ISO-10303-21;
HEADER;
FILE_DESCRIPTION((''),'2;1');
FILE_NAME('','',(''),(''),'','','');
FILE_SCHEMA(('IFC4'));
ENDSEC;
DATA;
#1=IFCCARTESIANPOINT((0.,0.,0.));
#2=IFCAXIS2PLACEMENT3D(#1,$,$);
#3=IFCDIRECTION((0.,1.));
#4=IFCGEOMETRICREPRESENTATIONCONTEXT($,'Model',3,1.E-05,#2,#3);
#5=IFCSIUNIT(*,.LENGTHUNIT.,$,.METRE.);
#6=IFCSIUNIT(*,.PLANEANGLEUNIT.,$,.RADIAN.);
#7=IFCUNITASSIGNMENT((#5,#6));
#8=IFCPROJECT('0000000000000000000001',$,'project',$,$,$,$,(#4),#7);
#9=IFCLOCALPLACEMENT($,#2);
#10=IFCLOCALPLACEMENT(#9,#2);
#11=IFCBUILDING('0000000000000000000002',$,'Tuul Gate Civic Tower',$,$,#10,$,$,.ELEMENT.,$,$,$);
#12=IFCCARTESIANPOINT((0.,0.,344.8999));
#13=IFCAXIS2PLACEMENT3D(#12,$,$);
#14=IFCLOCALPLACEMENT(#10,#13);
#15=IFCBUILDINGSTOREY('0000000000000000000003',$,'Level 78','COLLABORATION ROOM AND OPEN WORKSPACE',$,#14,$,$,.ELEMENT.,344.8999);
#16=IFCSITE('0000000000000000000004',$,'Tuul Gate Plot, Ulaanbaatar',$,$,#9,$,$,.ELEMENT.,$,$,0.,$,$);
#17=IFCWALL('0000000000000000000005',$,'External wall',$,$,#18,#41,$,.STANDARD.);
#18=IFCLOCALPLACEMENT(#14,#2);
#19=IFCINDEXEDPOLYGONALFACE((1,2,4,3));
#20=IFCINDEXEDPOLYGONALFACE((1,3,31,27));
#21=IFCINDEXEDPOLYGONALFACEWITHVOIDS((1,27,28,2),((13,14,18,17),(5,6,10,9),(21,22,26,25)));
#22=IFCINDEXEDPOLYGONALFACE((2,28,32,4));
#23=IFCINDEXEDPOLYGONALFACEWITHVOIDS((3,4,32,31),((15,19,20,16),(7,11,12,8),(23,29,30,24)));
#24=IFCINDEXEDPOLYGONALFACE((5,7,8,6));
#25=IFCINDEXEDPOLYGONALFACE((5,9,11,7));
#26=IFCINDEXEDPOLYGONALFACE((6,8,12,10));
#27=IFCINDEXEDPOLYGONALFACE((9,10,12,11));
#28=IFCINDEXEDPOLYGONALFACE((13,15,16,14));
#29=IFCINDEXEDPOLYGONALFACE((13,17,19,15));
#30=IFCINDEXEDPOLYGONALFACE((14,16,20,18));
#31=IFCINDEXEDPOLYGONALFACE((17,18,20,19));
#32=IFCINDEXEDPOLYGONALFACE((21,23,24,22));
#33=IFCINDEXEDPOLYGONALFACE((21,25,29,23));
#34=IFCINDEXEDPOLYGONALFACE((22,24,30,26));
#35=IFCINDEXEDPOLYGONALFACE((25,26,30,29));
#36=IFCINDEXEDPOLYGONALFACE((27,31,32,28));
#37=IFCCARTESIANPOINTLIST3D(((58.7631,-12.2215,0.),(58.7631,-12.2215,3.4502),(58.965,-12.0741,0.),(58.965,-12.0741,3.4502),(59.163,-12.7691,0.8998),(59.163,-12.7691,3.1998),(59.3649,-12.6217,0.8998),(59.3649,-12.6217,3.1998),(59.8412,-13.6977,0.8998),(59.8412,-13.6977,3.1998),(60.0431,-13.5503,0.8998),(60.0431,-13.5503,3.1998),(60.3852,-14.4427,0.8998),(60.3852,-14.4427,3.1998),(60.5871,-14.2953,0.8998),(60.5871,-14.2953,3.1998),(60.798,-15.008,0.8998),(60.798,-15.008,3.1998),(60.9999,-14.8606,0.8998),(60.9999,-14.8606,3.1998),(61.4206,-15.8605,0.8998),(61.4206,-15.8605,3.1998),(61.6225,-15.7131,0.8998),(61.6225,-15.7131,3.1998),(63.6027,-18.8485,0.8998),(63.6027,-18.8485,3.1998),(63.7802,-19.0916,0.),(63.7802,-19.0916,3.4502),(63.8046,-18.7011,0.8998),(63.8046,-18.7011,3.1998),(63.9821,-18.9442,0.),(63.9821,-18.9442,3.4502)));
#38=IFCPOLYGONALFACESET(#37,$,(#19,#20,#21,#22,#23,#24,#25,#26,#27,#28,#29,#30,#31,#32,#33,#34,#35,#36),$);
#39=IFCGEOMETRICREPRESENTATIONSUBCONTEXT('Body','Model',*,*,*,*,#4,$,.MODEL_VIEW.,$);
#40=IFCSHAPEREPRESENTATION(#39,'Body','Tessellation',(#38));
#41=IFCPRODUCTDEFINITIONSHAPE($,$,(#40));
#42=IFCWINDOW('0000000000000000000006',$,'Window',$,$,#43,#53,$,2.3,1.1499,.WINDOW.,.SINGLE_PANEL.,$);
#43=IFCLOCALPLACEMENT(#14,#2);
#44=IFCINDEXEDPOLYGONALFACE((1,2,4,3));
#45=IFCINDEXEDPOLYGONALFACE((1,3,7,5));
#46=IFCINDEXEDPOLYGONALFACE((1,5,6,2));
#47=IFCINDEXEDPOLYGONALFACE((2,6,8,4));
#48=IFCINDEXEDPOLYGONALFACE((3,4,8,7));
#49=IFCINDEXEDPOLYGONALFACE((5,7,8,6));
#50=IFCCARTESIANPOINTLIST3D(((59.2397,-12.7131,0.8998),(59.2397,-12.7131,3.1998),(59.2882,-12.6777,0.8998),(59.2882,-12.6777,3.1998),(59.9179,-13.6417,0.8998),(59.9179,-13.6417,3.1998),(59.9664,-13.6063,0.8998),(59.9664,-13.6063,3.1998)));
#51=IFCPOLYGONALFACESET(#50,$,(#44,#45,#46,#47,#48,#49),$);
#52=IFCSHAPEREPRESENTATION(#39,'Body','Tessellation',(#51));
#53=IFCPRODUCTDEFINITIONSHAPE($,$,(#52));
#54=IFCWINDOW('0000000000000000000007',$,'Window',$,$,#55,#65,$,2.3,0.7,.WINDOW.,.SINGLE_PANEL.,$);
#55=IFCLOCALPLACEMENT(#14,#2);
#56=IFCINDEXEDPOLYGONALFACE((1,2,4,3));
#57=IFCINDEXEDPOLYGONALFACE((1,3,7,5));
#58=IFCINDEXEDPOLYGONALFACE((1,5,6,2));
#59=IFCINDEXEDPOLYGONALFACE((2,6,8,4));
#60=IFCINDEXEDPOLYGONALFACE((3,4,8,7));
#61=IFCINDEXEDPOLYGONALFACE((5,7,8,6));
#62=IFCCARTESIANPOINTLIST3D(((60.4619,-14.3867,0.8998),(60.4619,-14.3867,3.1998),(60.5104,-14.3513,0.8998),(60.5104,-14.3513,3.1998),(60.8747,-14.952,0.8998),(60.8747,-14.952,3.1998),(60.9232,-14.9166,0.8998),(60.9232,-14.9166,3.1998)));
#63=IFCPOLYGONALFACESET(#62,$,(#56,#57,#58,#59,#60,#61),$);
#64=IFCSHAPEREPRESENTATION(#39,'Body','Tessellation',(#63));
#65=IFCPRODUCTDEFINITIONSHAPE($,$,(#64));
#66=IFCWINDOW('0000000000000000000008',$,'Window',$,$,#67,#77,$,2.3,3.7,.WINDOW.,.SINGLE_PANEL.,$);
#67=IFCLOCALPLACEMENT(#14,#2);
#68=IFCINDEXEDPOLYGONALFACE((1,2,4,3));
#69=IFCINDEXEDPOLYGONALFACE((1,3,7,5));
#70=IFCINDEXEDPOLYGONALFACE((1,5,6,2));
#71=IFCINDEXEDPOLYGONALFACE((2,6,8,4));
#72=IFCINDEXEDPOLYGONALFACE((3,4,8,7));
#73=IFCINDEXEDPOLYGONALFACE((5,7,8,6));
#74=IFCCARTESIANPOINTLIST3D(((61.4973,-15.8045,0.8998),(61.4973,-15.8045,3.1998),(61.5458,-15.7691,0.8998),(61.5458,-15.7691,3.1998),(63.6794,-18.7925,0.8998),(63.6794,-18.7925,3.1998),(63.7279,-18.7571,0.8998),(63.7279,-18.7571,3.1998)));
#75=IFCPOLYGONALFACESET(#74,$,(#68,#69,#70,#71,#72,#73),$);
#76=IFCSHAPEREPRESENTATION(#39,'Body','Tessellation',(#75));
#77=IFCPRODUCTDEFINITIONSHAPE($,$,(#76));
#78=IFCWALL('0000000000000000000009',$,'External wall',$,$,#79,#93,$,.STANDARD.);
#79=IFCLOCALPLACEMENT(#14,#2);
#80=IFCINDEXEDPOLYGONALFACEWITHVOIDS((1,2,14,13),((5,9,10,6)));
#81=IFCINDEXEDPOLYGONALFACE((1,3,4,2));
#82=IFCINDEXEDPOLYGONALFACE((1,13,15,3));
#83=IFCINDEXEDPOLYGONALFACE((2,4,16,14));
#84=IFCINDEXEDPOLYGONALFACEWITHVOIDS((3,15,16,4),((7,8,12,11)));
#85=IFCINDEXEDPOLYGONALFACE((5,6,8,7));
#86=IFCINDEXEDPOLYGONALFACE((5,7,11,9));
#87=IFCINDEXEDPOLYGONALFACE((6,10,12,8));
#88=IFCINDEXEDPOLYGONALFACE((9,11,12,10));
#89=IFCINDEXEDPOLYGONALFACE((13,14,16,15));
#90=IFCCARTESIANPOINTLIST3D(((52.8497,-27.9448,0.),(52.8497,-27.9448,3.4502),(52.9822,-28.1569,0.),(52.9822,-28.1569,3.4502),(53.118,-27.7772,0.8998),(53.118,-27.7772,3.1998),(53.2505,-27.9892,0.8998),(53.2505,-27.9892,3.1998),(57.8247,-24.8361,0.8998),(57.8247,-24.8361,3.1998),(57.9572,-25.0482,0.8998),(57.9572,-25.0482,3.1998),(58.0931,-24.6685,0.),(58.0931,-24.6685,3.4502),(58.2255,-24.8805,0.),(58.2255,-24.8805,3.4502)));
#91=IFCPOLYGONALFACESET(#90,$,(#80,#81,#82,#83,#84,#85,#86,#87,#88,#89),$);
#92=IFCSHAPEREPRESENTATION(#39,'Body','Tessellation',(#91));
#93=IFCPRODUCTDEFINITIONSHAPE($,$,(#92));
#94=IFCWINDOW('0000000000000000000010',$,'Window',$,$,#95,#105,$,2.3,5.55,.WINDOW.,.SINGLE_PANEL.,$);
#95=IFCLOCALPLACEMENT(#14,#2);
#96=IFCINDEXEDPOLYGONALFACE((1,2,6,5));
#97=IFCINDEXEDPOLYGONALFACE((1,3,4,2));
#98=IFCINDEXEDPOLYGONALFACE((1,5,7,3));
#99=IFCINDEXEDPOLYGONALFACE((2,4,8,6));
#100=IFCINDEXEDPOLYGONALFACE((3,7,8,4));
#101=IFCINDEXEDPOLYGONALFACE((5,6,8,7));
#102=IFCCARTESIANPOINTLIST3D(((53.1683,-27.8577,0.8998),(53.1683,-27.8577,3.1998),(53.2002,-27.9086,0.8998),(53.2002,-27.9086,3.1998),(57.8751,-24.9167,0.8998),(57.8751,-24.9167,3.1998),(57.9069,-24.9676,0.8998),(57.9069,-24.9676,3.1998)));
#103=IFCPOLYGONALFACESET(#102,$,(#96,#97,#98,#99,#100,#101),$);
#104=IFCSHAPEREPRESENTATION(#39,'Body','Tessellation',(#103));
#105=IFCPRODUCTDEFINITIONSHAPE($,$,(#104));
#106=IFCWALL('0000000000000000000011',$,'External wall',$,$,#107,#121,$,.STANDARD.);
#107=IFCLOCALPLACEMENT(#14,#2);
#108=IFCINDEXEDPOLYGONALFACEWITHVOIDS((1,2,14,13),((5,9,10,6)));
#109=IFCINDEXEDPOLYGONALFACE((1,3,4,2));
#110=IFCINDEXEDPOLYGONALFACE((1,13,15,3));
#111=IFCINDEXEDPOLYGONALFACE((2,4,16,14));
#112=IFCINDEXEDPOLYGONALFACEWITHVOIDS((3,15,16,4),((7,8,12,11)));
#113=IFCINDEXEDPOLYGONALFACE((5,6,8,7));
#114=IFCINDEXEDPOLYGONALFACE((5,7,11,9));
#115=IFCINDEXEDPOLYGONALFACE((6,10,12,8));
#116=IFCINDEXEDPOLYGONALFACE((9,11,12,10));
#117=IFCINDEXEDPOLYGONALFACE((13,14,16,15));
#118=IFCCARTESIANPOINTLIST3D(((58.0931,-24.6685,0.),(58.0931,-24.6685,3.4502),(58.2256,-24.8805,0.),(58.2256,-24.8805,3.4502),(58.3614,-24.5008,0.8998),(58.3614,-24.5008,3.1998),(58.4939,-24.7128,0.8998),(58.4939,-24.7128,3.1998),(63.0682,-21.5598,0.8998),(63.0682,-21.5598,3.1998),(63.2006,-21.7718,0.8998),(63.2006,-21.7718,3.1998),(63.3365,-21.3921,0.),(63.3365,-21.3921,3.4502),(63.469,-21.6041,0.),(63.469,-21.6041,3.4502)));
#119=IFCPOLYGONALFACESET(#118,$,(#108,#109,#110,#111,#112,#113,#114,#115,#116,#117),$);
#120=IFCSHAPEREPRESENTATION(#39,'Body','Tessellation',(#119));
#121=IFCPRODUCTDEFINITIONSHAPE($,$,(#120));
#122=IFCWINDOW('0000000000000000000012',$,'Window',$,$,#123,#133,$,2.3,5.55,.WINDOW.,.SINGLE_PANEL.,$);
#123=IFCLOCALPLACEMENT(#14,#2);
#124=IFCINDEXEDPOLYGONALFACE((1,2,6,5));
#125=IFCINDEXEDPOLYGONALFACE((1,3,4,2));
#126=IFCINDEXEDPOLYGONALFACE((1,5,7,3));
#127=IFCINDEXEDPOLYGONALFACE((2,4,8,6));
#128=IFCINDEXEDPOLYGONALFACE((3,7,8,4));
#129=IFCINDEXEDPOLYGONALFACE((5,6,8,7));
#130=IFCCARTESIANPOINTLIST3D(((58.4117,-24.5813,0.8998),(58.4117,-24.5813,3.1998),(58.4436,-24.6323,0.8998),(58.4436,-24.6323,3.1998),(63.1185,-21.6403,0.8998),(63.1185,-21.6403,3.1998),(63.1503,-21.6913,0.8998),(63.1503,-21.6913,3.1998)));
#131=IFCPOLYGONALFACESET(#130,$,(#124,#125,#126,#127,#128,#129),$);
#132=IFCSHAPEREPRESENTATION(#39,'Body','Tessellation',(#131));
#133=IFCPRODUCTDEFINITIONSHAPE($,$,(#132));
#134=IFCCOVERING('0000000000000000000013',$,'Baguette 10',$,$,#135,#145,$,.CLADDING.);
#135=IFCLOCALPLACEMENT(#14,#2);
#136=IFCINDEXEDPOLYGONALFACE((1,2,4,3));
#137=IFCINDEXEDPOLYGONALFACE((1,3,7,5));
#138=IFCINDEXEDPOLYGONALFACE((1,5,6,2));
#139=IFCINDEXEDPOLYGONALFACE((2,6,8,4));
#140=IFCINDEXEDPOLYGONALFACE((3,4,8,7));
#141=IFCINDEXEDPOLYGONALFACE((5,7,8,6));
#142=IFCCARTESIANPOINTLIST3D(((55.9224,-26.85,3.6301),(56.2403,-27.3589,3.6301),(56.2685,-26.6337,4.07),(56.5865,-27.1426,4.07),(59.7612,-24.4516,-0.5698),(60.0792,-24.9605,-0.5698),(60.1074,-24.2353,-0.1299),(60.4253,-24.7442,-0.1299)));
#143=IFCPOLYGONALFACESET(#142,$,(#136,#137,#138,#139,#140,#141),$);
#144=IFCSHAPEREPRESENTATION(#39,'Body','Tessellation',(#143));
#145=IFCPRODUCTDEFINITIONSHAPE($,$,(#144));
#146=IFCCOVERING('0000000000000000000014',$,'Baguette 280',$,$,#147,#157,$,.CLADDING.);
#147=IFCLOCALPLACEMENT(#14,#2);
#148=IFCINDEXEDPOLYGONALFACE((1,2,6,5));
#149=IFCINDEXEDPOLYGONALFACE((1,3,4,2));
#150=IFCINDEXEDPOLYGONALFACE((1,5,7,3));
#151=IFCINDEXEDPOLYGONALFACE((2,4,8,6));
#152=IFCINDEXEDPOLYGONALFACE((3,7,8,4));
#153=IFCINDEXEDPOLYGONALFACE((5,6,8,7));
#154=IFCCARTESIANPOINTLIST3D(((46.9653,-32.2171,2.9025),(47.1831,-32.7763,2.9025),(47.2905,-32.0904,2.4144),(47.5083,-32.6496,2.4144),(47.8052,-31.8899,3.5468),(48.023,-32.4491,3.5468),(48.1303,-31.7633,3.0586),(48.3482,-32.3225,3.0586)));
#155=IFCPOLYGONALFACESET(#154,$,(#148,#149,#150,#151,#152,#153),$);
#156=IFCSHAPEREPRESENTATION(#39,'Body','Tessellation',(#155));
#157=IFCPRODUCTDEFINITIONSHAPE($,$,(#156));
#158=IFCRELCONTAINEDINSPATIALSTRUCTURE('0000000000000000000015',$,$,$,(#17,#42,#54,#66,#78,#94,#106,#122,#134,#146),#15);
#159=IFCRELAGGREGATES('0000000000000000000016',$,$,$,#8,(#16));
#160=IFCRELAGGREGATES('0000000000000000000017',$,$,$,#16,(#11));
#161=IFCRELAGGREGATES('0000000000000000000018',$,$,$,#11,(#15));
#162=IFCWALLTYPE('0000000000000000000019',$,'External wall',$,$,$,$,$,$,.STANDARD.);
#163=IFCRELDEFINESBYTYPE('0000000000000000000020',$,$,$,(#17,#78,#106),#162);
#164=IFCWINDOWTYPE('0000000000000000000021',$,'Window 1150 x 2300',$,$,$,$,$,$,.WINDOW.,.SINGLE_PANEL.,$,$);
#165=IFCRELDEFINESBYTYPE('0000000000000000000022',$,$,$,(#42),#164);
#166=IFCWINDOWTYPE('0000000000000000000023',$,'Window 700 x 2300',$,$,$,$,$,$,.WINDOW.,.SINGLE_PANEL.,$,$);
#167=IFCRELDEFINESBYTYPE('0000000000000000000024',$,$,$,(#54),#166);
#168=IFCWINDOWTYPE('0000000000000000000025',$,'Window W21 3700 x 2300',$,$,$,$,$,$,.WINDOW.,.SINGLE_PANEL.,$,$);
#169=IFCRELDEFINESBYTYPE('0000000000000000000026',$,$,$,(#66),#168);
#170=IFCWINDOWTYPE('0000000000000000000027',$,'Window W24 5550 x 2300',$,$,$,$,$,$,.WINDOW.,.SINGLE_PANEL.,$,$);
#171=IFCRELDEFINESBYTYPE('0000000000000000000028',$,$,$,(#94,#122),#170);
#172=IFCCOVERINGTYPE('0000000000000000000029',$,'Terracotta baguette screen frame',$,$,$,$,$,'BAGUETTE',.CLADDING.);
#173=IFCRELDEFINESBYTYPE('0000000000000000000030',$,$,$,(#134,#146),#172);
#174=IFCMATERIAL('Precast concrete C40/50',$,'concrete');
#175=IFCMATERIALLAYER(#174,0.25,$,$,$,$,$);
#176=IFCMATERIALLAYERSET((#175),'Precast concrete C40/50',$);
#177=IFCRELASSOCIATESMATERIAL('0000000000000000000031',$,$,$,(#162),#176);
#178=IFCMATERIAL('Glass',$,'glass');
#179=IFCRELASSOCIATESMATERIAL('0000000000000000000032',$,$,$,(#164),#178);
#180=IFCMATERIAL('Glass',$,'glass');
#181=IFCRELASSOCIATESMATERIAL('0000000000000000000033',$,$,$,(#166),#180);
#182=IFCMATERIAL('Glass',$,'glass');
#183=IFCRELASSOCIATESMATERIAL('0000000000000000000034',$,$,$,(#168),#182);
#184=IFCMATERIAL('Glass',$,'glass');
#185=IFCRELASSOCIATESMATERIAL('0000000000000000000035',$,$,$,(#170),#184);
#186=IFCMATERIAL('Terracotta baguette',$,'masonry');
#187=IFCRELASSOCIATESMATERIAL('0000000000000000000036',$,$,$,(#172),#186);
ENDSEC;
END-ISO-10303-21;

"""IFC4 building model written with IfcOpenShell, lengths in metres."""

from ifc_helpers import new_model, si_unit, direction, frame, frame_2d, origin, origin_2d, place, context, subcontext, project, spatial, rectangle, extrude, material, layer, layer_set, material_profile, profile_set, type_object, element, fill, save


model = new_model("IFC4")

# Units and contexts
model_context = context("Model", 3, precision=1e-05, world=origin(), true_north=direction((0.0, 1.0)))
body_context = subcontext(model_context, "Body", "Model", "MODEL_VIEW")
ifc_project = project(units=[si_unit("LENGTHUNIT", "METRE"), si_unit("PLANEANGLEUNIT", "RADIAN")], contexts=[model_context])

# Site, building, storey
site_placement = place(None, origin())
site = spatial("IfcSite", under=ifc_project, at=site_placement, Name="Tuul Gate Plot, Ulaanbaatar", CompositionType="ELEMENT", RefElevation=0.0)
building_placement = place(site_placement, origin())
building = spatial("IfcBuilding", under=site, at=building_placement, Name="Tuul Gate Civic Tower", CompositionType="ELEMENT")
storey_placement = place(building_placement, frame((0.0, 0.0, 344.8999)))
storey = spatial("IfcBuildingStorey", under=building, at=storey_placement, Name="Level 78", Description="COLLABORATION ROOM AND OPEN WORKSPACE", CompositionType="ELEMENT", Elevation=344.8999)

# Shared definitions
ifc_material_1 = material(Name="Precast concrete C40/50", Category="concrete")
ifc_layer_1 = layer(ifc_material_1, 0.25)
ifc_layer_set_1 = layer_set([ifc_layer_1], Name="Precast concrete C40/50")
wall_type_1 = type_object("IfcWallType", Name="External wall", PredefinedType="STANDARD", material=ifc_layer_set_1)

# Wall, openings, windows
wall_1_placement = place(storey_placement, frame((63.8811, -19.0178, 0.0), z_axis=(0.0, 0.0, 1.0), x_axis=(-0.589758, 0.80758, 0.0)))
wall_1 = element("IfcWall", 1, at=wall_1_placement, inside=storey, type_object=wall_type_1, Name="External wall", PredefinedType="STANDARD", context=body_context, shape_type="SweptSolid", body=[
    extrude(rectangle(XDim=8.5071, YDim=0.25, at=frame_2d((4.2534, 0.0))), origin(), (0.0, 0.0, 1.0), 3.4502),
])
opening_1_placement = place(wall_1_placement, frame((0.3008, 0.0, 0.8999)))
opening_1 = element("IfcOpeningElement", 2, at=opening_1_placement, cuts=wall_1, PredefinedType="OPENING", context=body_context, shape_type="SweptSolid", body=[
    extrude(rectangle(XDim=3.7, YDim=2.3, at=frame_2d((1.8501, 1.1499))), frame((0.0, 0.135, 0.0), z_axis=(0.0, -1.0, 0.0), x_axis=(1.0, 0.0, 0.0)), (0.0, 0.0, 1.0), 0.27),
])
opening_2_placement = place(wall_1_placement, frame((5.0564, 0.0, 0.8999)))
opening_2 = element("IfcOpeningElement", 3, at=opening_2_placement, cuts=wall_1, PredefinedType="OPENING", context=body_context, shape_type="SweptSolid", body=[
    extrude(rectangle(XDim=0.7, YDim=2.3, at=frame_2d((0.3501, 1.1499))), frame((0.0, 0.135, 0.0), z_axis=(0.0, -1.0, 0.0), x_axis=(1.0, 0.0, 0.0)), (0.0, 0.0, 1.0), 0.27),
])
opening_3_placement = place(wall_1_placement, frame((6.679, 0.0, 0.8999)))
opening_3 = element("IfcOpeningElement", 4, at=opening_3_placement, cuts=wall_1, PredefinedType="OPENING", context=body_context, shape_type="SweptSolid", body=[
    extrude(rectangle(XDim=1.1499, YDim=2.3, at=frame_2d((0.575, 1.1499))), frame((0.0, 0.135, 0.0), z_axis=(0.0, -1.0, 0.0), x_axis=(1.0, 0.0, 0.0)), (0.0, 0.0, 1.0), 0.27),
])
ifc_material_2 = material(Name="Glass", Category="glass")
window_type_1 = type_object("IfcWindowType", Name="Window 1150 x 2300", PartitioningType="SINGLE_PANEL", PredefinedType="WINDOW", material=ifc_material_2)
window_1_placement = place(opening_3_placement, origin())
window_1 = element("IfcWindow", 5, at=window_1_placement, inside=storey, type_object=window_type_1, Name="Window", OverallHeight=2.3, OverallWidth=1.1499, PartitioningType="SINGLE_PANEL", PredefinedType="WINDOW", context=body_context, shape_type="SweptSolid", body=[
    extrude(rectangle(XDim=1.1499, YDim=2.3, at=frame_2d((0.575, 1.1499))), frame((0.0, 0.03, 0.0), z_axis=(0.0, -1.0, 0.0), x_axis=(1.0, 0.0, 0.0)), (0.0, 0.0, 1.0), 0.0601),
])
fill(opening_3, window_1)
ifc_material_3 = material(Name="Glass", Category="glass")
window_type_2 = type_object("IfcWindowType", Name="Window 700 x 2300", PartitioningType="SINGLE_PANEL", PredefinedType="WINDOW", material=ifc_material_3)
window_2_placement = place(opening_2_placement, origin())
window_2 = element("IfcWindow", 6, at=window_2_placement, inside=storey, type_object=window_type_2, Name="Window", OverallHeight=2.3, OverallWidth=0.7, PartitioningType="SINGLE_PANEL", PredefinedType="WINDOW", context=body_context, shape_type="SweptSolid", body=[
    extrude(rectangle(XDim=0.7, YDim=2.3, at=frame_2d((0.3501, 1.1499))), frame((0.0, 0.03, 0.0), z_axis=(0.0, -1.0, 0.0), x_axis=(1.0, 0.0, 0.0)), (0.0, 0.0, 1.0), 0.0601),
])
fill(opening_2, window_2)
ifc_material_4 = material(Name="Glass", Category="glass")
window_type_3 = type_object("IfcWindowType", Name="Window W21 3700 x 2300", PartitioningType="SINGLE_PANEL", PredefinedType="WINDOW", material=ifc_material_4)
window_3_placement = place(opening_1_placement, origin())
window_3 = element("IfcWindow", 7, at=window_3_placement, inside=storey, type_object=window_type_3, Name="Window", OverallHeight=2.3, OverallWidth=3.7, PartitioningType="SINGLE_PANEL", PredefinedType="WINDOW", context=body_context, shape_type="SweptSolid", body=[
    extrude(rectangle(XDim=3.7, YDim=2.3, at=frame_2d((1.8501, 1.1499))), frame((0.0, 0.03, 0.0), z_axis=(0.0, -1.0, 0.0), x_axis=(1.0, 0.0, 0.0)), (0.0, 0.0, 1.0), 0.0601),
])
fill(opening_1, window_3)

# Walls, openings, windows
wall_2_placement = place(storey_placement, frame((52.916, -28.0508, 0.0), z_axis=(0.0, 0.0, 1.0), x_axis=(0.848054, 0.52991, 0.0)))
wall_2 = element("IfcWall", 8, at=wall_2_placement, inside=storey, type_object=wall_type_1, Name="External wall", PredefinedType="STANDARD", context=body_context, shape_type="SweptSolid", body=[
    extrude(rectangle(XDim=6.1829, YDim=0.25, at=frame_2d((3.0913, 0.0))), origin(), (0.0, 0.0, 1.0), 3.4502),
])
opening_4_placement = place(wall_2_placement, frame((0.3164, 0.0, 0.8999)))
opening_4 = element("IfcOpeningElement", 9, at=opening_4_placement, cuts=wall_2, PredefinedType="OPENING", context=body_context, shape_type="SweptSolid", body=[
    extrude(rectangle(XDim=5.55, YDim=2.3, at=frame_2d((2.7749, 1.1499))), frame((0.0, 0.135, 0.0), z_axis=(0.0, -1.0, 0.0), x_axis=(1.0, 0.0, 0.0)), (0.0, 0.0, 1.0), 0.27),
])
ifc_material_5 = material(Name="Glass", Category="glass")
window_type_4 = type_object("IfcWindowType", Name="Window W24 5550 x 2300", PartitioningType="SINGLE_PANEL", PredefinedType="WINDOW", material=ifc_material_5)
window_4_placement = place(opening_4_placement, origin())
window_4 = element("IfcWindow", 10, at=window_4_placement, inside=storey, type_object=window_type_4, Name="Window", OverallHeight=2.3, OverallWidth=5.55, PartitioningType="SINGLE_PANEL", PredefinedType="WINDOW", context=body_context, shape_type="SweptSolid", body=[
    extrude(rectangle(XDim=5.55, YDim=2.3, at=frame_2d((2.7749, 1.1499))), frame((0.0, 0.03, 0.0), z_axis=(0.0, -1.0, 0.0), x_axis=(1.0, 0.0, 0.0)), (0.0, 0.0, 1.0), 0.0601),
])
fill(opening_4, window_4)
wall_3_placement = place(storey_placement, frame((58.1594, -24.7744, 0.0), z_axis=(0.0, 0.0, 1.0), x_axis=(0.848054, 0.52991, 0.0)))
wall_3 = element("IfcWall", 11, at=wall_3_placement, inside=storey, type_object=wall_type_1, Name="External wall", PredefinedType="STANDARD", context=body_context, shape_type="SweptSolid", body=[
    extrude(rectangle(XDim=6.1829, YDim=0.25, at=frame_2d((3.0913, 0.0))), origin(), (0.0, 0.0, 1.0), 3.4502),
])
opening_5_placement = place(wall_3_placement, frame((0.3164, 0.0, 0.8999)))
opening_5 = element("IfcOpeningElement", 12, at=opening_5_placement, cuts=wall_3, PredefinedType="OPENING", context=body_context, shape_type="SweptSolid", body=[
    extrude(rectangle(XDim=5.55, YDim=2.3, at=frame_2d((2.7749, 1.1499))), frame((0.0, 0.135, 0.0), z_axis=(0.0, -1.0, 0.0), x_axis=(1.0, 0.0, 0.0)), (0.0, 0.0, 1.0), 0.27),
])
window_5_placement = place(opening_5_placement, origin())
window_5 = element("IfcWindow", 13, at=window_5_placement, inside=storey, type_object=window_type_4, Name="Window", OverallHeight=2.3, OverallWidth=5.55, PartitioningType="SINGLE_PANEL", PredefinedType="WINDOW", context=body_context, shape_type="SweptSolid", body=[
    extrude(rectangle(XDim=5.55, YDim=2.3, at=frame_2d((2.7749, 1.1499))), frame((0.0, 0.03, 0.0), z_axis=(0.0, -1.0, 0.0), x_axis=(1.0, 0.0, 0.0)), (0.0, 0.0, 1.0), 0.0601),
])
fill(opening_5, window_5)

# Coverings
ifc_material_6 = material(Name="Terracotta baguette", Category="masonry")
ifc_material_profile_1 = material_profile(ifc_material_6, rectangle(XDim=0.6001, YDim=0.6001, at=origin_2d()), Name="Terracotta baguette screen frame")
ifc_profile_set_1 = profile_set([ifc_material_profile_1], Name="Terracotta baguette")
covering_type = type_object("IfcCoveringType", Name="Terracotta baguette screen frame", ElementType="BAGUETTE", PredefinedType="CLADDING", material=ifc_profile_set_1)
covering_1_placement = place(storey_placement, frame((60.0933, -24.5979, -0.3499), z_axis=(-0.621692, -0.388419, 0.680169), x_axis=(0.529863, -0.848083, 0.0)))
element("IfcCovering", 14, at=covering_1_placement, inside=storey, type_object=covering_type, Name="Baguette 10", PredefinedType="CLADDING", context=body_context, shape_type="SweptSolid", body=[
    extrude(rectangle(XDim=0.6001, YDim=0.6001, at=origin_2d()), origin(), (0.0, 0.0, 1.0), 6.1748),
])
covering_2_placement = place(storey_placement, frame((47.2368, -32.4333, 2.6584), z_axis=(0.758042, 0.295284, 0.581533), x_axis=(-0.362969, 0.931801, 0.0)))
element("IfcCovering", 15, at=covering_2_placement, inside=storey, type_object=covering_type, Name="Baguette 280", PredefinedType="CLADDING", context=body_context, shape_type="SweptSolid", body=[
    extrude(rectangle(XDim=0.6001, YDim=0.6001, at=origin_2d()), origin(), (0.0, 0.0, 1.0), 1.1079),
])

save(model, "model.ifc")
